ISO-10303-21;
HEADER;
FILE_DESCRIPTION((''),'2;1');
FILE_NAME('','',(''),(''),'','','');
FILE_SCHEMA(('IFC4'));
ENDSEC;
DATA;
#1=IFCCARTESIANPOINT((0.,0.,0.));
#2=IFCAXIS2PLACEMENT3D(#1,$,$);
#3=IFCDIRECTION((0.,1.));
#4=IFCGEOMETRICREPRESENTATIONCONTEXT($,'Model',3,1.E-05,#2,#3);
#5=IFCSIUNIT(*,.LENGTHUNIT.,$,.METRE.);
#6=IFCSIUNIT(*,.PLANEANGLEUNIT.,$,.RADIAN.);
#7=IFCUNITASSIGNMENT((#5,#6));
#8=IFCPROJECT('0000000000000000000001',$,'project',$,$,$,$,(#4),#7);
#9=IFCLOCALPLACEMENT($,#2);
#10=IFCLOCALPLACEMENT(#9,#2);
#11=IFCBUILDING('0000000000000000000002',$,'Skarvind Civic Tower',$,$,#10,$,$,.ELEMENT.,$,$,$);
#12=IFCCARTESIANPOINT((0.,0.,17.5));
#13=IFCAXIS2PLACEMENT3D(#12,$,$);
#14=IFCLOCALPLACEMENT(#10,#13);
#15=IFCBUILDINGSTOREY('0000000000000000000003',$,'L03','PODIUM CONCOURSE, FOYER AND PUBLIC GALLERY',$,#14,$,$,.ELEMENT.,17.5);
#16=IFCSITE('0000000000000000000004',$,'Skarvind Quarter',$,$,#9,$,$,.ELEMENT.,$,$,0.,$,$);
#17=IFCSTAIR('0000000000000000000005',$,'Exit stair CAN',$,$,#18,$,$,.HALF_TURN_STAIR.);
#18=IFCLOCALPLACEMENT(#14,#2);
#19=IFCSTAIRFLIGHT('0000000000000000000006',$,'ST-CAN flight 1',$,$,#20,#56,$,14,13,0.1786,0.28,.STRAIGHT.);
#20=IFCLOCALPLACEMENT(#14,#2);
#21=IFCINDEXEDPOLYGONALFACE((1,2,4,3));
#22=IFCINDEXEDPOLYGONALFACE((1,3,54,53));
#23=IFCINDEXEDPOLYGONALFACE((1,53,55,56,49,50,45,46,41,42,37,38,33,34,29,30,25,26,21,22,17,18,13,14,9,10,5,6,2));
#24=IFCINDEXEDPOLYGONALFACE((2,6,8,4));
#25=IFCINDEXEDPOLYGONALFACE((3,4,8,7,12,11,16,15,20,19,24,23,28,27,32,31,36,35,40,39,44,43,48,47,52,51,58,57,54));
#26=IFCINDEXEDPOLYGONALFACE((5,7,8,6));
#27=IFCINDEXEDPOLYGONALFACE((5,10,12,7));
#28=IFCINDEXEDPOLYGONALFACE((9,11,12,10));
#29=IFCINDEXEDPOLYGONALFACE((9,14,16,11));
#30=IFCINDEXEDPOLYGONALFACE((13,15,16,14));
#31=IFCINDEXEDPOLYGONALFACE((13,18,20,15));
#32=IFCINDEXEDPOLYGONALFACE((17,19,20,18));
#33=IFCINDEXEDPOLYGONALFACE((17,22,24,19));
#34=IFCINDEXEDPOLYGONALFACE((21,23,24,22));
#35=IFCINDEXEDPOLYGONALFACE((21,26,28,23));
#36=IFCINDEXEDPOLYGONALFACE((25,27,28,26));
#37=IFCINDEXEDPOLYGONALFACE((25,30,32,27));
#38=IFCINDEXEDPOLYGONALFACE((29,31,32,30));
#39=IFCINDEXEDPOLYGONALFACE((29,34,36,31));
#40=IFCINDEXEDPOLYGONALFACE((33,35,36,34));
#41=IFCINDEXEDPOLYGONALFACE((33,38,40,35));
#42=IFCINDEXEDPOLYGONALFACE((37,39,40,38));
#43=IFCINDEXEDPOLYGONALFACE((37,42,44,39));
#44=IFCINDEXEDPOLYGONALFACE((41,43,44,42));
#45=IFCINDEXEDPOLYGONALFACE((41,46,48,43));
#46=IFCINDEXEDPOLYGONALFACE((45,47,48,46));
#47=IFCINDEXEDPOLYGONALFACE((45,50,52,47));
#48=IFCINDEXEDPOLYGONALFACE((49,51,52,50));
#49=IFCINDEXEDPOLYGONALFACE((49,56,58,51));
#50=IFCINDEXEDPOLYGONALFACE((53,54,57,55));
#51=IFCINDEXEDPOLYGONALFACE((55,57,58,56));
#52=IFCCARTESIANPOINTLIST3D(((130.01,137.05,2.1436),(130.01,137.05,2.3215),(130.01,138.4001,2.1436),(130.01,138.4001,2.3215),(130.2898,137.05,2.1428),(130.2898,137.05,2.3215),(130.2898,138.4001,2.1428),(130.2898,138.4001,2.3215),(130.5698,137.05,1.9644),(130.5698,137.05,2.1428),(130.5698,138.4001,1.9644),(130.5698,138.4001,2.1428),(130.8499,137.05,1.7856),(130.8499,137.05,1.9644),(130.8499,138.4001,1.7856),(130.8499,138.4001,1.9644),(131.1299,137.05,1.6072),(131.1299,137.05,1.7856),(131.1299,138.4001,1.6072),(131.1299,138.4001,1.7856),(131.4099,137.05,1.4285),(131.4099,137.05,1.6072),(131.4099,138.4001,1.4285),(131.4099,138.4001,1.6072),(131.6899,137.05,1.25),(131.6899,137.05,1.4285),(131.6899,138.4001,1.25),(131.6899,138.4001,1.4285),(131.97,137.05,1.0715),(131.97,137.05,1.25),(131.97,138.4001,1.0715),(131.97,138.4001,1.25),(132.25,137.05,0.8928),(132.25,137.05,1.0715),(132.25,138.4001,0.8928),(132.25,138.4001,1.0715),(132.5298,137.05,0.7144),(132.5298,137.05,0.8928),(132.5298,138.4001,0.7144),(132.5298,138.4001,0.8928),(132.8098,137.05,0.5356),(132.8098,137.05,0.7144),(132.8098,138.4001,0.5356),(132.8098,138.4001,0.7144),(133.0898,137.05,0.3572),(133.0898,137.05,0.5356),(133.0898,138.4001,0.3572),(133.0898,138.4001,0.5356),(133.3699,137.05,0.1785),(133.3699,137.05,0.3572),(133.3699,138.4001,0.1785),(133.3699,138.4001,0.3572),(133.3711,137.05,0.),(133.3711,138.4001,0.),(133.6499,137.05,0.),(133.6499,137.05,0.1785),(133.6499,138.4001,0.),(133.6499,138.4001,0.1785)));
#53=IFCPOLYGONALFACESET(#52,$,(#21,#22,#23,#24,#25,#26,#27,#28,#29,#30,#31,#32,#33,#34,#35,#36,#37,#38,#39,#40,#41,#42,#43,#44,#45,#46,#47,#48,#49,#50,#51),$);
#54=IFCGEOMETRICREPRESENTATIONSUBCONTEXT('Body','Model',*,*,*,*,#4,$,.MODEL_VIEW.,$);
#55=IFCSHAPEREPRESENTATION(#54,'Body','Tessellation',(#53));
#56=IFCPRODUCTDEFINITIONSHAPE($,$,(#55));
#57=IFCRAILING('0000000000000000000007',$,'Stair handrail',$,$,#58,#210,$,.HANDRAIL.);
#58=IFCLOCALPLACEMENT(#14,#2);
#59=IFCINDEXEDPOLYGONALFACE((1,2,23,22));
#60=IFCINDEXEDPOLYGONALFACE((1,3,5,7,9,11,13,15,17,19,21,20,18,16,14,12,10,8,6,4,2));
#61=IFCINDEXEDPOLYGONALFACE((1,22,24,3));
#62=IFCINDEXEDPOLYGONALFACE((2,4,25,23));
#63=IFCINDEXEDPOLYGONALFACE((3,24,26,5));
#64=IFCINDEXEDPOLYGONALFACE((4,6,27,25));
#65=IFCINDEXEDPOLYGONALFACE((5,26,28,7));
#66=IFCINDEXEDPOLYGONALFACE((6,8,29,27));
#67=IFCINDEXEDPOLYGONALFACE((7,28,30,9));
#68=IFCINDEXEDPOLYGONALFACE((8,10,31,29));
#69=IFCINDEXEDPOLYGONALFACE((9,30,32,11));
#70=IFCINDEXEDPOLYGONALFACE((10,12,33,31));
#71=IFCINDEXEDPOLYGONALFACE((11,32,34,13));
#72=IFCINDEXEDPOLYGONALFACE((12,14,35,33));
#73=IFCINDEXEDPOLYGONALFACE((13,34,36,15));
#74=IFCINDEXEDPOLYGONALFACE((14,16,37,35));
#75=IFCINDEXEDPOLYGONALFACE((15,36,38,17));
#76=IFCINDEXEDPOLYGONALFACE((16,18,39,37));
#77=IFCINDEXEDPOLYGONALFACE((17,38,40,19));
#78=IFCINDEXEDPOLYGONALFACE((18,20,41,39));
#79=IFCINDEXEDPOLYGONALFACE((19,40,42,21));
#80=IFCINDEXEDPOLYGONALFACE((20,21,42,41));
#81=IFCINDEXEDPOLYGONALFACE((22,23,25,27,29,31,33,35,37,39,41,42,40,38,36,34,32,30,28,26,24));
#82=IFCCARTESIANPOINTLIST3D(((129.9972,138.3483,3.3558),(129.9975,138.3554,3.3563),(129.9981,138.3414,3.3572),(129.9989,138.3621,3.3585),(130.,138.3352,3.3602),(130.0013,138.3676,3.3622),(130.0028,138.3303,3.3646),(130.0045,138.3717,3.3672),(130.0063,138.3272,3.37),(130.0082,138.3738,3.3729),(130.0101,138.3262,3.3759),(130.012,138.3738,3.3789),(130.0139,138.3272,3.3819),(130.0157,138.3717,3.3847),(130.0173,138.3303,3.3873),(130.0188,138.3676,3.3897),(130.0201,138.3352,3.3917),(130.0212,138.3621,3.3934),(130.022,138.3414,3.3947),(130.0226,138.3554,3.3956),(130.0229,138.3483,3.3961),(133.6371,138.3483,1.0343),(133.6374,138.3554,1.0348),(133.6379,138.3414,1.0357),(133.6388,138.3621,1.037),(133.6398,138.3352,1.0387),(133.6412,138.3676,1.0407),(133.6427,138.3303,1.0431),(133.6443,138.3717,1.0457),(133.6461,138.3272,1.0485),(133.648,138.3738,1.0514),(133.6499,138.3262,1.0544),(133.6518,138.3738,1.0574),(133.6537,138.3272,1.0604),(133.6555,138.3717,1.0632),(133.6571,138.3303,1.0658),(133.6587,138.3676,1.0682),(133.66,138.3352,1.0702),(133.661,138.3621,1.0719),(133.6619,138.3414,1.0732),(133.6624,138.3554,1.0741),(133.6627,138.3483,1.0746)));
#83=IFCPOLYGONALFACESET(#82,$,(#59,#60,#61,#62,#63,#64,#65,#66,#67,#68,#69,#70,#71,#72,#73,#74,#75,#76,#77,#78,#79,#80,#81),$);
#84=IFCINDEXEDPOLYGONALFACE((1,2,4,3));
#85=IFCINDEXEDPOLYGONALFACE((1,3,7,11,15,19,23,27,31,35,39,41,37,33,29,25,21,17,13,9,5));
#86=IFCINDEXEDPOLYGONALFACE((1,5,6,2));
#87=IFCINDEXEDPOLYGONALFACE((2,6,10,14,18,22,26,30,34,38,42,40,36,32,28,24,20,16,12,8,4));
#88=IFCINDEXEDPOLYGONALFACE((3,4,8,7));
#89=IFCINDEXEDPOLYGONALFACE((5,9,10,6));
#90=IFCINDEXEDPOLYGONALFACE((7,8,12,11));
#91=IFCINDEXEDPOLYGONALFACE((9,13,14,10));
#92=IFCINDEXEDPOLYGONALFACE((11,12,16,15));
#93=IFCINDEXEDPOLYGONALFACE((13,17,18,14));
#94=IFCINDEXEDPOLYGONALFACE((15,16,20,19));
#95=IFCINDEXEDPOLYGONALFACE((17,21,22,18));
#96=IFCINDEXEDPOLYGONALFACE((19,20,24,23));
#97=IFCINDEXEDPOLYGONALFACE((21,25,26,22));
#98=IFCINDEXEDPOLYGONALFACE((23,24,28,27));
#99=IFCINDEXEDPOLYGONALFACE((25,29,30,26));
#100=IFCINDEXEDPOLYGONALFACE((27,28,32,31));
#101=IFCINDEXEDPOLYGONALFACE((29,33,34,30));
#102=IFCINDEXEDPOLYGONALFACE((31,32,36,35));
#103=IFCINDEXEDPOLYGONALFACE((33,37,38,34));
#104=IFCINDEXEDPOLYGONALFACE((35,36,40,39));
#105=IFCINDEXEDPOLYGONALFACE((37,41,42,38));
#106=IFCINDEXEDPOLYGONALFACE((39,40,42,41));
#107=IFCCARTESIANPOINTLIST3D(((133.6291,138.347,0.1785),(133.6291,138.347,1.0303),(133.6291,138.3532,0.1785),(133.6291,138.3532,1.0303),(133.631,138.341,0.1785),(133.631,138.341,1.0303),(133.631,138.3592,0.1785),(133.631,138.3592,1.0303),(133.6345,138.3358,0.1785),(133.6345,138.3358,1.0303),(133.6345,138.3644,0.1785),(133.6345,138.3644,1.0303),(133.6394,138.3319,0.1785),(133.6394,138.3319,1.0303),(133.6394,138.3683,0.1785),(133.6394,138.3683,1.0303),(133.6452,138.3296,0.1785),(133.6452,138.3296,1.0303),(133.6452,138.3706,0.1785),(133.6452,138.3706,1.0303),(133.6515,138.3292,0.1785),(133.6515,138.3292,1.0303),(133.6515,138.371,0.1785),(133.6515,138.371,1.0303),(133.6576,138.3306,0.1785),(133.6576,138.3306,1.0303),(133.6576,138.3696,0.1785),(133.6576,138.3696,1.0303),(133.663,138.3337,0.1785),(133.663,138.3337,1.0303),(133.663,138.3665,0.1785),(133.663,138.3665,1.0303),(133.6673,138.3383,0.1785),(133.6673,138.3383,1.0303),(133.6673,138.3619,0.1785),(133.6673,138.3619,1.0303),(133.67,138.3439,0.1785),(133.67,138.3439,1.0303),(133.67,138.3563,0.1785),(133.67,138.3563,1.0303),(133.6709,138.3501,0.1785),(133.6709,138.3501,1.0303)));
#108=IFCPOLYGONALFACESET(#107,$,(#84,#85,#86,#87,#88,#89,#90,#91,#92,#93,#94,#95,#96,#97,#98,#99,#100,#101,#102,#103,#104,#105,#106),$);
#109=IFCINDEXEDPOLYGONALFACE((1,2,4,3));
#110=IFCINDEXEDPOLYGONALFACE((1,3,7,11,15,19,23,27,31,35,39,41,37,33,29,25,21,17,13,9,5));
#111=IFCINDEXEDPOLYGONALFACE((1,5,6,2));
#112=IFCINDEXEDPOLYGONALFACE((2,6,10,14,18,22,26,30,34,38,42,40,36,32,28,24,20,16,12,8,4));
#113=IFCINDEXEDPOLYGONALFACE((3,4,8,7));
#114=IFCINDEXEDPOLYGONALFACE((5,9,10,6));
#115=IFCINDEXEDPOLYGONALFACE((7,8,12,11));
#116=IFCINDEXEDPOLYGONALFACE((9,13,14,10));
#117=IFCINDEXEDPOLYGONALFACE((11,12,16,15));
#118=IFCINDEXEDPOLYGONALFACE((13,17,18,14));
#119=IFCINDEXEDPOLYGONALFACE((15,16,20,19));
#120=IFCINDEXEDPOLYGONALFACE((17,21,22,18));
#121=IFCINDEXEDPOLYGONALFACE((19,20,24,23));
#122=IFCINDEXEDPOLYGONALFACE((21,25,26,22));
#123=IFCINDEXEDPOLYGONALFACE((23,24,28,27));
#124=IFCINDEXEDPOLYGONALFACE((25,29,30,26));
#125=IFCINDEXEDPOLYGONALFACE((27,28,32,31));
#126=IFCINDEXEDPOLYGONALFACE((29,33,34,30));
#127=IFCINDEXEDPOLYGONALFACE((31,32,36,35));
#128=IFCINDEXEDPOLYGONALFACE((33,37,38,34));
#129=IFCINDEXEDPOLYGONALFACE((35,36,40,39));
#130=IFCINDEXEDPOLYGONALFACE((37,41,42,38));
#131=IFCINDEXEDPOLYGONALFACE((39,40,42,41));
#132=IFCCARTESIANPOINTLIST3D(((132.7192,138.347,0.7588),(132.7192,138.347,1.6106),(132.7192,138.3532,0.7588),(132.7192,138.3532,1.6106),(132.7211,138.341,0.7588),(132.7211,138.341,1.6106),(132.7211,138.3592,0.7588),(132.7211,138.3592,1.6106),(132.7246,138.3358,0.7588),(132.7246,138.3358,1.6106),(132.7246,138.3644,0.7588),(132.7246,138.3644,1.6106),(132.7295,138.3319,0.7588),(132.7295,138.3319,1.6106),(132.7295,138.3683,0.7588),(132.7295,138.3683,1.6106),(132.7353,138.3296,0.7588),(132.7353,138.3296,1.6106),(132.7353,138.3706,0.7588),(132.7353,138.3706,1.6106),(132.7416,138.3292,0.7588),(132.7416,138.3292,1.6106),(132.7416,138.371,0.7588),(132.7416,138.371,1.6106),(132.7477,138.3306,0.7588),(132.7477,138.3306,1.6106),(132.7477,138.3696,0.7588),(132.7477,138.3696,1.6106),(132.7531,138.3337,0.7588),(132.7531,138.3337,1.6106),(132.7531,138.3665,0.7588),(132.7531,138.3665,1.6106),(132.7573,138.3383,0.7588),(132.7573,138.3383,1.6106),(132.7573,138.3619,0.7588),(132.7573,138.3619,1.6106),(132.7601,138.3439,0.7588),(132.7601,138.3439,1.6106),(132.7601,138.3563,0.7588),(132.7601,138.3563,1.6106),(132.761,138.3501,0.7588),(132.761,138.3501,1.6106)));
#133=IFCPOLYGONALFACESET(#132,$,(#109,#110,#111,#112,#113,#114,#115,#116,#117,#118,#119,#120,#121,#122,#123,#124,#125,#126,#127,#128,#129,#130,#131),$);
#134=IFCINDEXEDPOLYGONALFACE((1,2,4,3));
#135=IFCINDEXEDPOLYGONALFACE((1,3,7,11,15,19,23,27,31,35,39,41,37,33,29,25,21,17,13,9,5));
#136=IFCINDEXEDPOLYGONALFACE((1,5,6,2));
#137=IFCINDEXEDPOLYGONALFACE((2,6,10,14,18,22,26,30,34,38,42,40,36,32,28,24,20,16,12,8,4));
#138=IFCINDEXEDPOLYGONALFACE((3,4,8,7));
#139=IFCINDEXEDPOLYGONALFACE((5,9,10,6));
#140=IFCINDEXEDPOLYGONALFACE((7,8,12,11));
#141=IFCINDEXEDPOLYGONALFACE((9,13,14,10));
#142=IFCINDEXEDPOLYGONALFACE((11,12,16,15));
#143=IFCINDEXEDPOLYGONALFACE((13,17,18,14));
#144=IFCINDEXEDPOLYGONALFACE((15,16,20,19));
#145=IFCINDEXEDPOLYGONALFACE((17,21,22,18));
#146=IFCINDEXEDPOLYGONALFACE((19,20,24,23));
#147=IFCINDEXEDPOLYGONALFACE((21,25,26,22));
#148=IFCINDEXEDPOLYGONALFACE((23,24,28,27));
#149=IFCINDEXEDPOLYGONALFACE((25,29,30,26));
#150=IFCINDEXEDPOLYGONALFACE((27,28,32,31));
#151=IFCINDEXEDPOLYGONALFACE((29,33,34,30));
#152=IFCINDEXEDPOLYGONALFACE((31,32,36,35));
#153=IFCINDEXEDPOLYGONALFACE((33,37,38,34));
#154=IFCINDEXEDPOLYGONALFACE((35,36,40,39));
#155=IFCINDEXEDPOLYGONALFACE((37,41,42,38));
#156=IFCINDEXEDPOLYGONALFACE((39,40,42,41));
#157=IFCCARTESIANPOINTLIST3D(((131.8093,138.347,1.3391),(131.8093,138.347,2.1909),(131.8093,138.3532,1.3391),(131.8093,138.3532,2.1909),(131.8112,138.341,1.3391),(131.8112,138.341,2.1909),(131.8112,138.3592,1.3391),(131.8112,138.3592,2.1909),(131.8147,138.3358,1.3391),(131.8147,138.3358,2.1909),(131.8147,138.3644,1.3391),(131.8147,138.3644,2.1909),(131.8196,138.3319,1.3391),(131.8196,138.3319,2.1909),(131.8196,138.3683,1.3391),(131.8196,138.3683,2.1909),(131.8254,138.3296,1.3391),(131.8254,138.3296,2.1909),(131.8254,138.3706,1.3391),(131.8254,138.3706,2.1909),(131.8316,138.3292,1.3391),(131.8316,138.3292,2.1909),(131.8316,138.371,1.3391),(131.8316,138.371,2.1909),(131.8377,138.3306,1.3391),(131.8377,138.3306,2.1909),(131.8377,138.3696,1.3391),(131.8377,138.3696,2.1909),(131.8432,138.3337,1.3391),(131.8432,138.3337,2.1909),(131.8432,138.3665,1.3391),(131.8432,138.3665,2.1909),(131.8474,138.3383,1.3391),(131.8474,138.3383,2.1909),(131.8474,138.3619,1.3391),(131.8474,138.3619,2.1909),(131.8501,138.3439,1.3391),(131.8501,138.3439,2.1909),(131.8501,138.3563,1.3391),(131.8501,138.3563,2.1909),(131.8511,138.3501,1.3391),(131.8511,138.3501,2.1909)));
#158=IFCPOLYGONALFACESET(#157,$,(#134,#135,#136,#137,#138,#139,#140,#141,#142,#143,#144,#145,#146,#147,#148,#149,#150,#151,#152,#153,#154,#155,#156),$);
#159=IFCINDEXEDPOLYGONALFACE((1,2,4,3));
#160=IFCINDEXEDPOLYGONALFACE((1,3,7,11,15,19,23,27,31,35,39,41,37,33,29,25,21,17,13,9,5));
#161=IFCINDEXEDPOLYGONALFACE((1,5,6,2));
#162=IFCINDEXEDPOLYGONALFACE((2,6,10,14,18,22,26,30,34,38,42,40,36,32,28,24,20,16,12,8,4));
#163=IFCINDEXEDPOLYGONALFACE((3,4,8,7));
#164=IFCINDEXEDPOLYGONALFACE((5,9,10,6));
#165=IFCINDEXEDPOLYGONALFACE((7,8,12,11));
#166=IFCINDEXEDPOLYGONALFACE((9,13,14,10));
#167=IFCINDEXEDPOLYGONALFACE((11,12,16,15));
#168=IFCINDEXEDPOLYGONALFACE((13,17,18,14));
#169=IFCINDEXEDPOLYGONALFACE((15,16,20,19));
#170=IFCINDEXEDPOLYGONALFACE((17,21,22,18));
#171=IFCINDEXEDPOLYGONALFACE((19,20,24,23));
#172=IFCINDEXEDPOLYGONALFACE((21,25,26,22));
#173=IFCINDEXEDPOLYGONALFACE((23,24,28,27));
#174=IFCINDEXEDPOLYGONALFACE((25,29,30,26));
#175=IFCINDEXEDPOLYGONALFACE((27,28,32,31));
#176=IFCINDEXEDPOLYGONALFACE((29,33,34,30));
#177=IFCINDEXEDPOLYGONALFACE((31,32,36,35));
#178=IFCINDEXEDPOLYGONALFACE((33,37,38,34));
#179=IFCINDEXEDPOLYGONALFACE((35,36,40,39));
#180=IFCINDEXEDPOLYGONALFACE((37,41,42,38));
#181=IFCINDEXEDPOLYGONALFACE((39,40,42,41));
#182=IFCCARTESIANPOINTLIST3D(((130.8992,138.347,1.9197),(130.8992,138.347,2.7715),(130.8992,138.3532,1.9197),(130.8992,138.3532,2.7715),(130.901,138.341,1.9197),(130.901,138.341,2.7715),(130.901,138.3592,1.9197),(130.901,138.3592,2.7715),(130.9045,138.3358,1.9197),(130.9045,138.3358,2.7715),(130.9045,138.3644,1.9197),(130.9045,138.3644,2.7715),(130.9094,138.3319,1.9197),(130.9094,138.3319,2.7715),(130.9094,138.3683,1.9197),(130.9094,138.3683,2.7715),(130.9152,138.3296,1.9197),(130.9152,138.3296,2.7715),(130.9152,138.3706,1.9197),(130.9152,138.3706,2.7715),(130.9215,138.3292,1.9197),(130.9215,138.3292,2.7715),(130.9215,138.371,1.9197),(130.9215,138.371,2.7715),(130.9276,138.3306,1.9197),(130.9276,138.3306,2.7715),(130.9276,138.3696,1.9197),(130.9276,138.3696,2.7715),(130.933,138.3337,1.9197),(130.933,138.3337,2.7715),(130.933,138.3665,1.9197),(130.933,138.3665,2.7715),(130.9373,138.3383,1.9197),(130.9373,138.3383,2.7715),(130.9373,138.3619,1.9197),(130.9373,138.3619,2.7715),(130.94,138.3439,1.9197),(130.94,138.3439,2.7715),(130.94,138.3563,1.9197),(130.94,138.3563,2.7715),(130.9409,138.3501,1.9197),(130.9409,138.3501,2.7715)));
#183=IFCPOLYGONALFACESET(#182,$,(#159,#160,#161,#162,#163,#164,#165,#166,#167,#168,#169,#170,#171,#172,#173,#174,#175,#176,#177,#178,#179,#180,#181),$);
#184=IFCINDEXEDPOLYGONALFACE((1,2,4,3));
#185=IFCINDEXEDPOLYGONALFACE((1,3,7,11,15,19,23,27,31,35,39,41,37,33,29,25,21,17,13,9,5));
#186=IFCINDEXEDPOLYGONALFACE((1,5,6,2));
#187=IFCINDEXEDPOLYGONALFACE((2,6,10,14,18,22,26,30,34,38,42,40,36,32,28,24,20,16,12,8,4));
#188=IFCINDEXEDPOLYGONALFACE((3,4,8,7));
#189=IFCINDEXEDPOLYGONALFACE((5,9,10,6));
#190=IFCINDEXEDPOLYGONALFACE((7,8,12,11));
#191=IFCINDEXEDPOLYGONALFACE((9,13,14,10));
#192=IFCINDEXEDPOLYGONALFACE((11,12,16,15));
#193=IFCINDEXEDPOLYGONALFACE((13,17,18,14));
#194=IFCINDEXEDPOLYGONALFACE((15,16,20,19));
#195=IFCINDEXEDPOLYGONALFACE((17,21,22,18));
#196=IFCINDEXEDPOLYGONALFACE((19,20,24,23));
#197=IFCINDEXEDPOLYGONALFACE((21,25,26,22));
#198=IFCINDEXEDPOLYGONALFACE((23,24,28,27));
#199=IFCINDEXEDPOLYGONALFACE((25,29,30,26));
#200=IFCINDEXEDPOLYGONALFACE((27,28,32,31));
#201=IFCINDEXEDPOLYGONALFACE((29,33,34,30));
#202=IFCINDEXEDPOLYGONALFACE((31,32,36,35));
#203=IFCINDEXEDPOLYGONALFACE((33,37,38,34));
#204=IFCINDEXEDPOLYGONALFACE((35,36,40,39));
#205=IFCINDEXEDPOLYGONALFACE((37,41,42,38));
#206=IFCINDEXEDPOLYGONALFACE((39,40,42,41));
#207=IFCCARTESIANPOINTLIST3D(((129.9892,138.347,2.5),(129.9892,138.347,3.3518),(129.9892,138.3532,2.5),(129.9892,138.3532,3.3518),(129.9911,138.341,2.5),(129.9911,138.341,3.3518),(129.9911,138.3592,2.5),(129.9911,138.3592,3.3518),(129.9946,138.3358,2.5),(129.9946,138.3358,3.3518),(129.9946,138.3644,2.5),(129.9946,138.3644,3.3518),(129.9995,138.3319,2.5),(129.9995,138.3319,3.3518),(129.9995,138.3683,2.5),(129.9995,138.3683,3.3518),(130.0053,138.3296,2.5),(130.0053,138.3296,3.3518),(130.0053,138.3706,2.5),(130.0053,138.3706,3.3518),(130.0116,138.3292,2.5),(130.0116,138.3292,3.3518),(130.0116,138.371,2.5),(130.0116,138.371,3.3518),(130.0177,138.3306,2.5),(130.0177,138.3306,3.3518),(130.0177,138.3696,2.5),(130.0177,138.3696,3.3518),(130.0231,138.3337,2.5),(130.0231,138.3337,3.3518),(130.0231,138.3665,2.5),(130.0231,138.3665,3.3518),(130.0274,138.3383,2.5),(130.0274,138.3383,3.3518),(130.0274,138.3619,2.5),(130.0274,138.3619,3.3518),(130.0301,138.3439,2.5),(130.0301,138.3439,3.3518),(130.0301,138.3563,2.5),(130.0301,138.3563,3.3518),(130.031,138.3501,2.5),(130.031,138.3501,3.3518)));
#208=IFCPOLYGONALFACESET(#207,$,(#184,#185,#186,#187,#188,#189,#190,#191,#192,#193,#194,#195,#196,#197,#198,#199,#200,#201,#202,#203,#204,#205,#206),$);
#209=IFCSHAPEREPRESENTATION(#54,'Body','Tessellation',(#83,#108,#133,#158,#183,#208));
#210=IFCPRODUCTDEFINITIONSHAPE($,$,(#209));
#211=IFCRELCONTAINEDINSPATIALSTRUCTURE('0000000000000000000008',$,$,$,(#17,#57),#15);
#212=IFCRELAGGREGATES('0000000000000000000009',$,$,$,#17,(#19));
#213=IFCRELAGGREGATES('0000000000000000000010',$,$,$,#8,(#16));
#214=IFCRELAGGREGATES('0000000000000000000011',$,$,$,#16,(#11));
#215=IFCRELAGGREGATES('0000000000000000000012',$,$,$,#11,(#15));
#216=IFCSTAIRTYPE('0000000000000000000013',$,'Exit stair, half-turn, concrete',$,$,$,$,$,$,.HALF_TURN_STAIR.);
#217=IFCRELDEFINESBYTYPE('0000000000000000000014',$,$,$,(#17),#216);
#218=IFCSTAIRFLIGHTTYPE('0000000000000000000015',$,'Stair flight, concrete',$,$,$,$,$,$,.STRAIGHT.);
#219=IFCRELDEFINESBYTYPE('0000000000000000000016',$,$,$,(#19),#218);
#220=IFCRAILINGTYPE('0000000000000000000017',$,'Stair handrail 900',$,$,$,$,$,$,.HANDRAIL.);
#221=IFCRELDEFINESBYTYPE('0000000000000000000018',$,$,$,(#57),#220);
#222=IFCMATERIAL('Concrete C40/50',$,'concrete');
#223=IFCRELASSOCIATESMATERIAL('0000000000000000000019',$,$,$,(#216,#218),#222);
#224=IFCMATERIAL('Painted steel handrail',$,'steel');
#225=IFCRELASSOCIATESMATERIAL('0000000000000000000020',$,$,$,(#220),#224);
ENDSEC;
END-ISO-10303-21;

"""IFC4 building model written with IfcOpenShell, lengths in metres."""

from ifc_helpers import new_model, si_unit, direction, frame, origin, origin_2d, place, context, subcontext, project, spatial, polyline, circle, outline, extrude, material, type_object, element, aggregate, save


model = new_model("IFC4")

# Units and contexts
model_context = context("Model", 3, precision=1e-05, world=origin(), true_north=direction((0.0, 1.0)))
body_context = subcontext(model_context, "Body", "Model", "MODEL_VIEW")
ifc_project = project(units=[si_unit("LENGTHUNIT", "METRE"), si_unit("PLANEANGLEUNIT", "RADIAN")], contexts=[model_context])

# Site, building, storey
site_placement = place(None, origin())
site = spatial("IfcSite", under=ifc_project, at=site_placement, Name="Skarvind Quarter", CompositionType="ELEMENT", RefElevation=0.0)
building_placement = place(site_placement, origin())
building = spatial("IfcBuilding", under=site, at=building_placement, Name="Skarvind Civic Tower", CompositionType="ELEMENT")
storey_placement = place(building_placement, frame((0.0, 0.0, 17.5)))
storey = spatial("IfcBuildingStorey", under=building, at=storey_placement, Name="L03", Description="PODIUM CONCOURSE, FOYER AND PUBLIC GALLERY", CompositionType="ELEMENT", Elevation=17.5)

# Stair, stair flight
ifc_material_1 = material(Name="Concrete C40/50", Category="concrete")
stair_type = type_object("IfcStairType", Name="Exit stair, half-turn, concrete", PredefinedType="HALF_TURN_STAIR", material=ifc_material_1)
stair_placement = place(storey_placement, origin())
stair = element("IfcStair", 1, at=stair_placement, inside=storey, type_object=stair_type, Name="Exit stair CAN", PredefinedType="HALF_TURN_STAIR")
stair_flight_type = type_object("IfcStairFlightType", Name="Stair flight, concrete", PredefinedType="STRAIGHT", material=ifc_material_1)
stair_flight_placement = place(storey_placement, frame((133.6499, 137.7251, 0.0), z_axis=(0.0, 0.0, 1.0), x_axis=(-1.0, 0.0, 0.0)))
stair_flight = element("IfcStairFlight", 2, at=stair_flight_placement, type_object=stair_flight_type, Name="ST-CAN flight 1", NumberOfRisers=14, NumberOfTreads=13, PredefinedType="STRAIGHT", RiserHeight=0.1786, TreadLength=0.28, context=body_context, shape_type="SweptSolid", body=[
    extrude(outline(polyline([(0.0, 0.0), (0.0, 0.1785), (0.28, 0.1785), (0.28, 0.3572), (0.5601, 0.3572), (0.5601, 0.5356), (0.8401, 0.5356), (0.8401, 0.7144), (1.1201, 0.7144), (1.1201, 0.8928), (1.3999, 0.8928), (1.3999, 1.0715), (1.6799, 1.0715), (1.6799, 1.25), (1.96, 1.25), (1.96, 1.4285), (2.24, 1.4285), (2.24, 1.6072), (2.52, 1.6072), (2.52, 1.7856), (2.8, 1.7856), (2.8, 1.9644), (3.0801, 1.9644), (3.0801, 2.1428), (3.3601, 2.1428), (3.3601, 2.3215), (3.6399, 2.3215), (3.6399, 2.5), (3.6399, 2.1436), (0.2788, 0.0), (0.0, 0.0)])), frame((0.0, 0.675, 0.0), z_axis=(0.0, -1.0, 0.0), x_axis=(1.0, 0.0, 0.0)), (0.0, 0.0, 1.0), 1.3501),
])
aggregate(stair, [stair_flight])

# Railing
ifc_material_2 = material(Name="Painted steel handrail", Category="steel")
railing_type = type_object("IfcRailingType", Name="Stair handrail 900", PredefinedType="HANDRAIL", material=ifc_material_2)
railing_placement = place(storey_placement, frame((133.6499, 138.3501, 0.1785)))
element("IfcRailing", 3, at=railing_placement, inside=storey, type_object=railing_type, Name="Stair handrail", PredefinedType="HANDRAIL", context=body_context, shape_type="SweptSolid", body=[
    extrude(circle(Radius=0.0239, at=origin_2d()), frame((0.0, 0.0, 0.876), z_axis=(-0.843112, 0.0, 0.537739), x_axis=(0.0, -1.0, 0.0)), (0.0, 0.0, 1.0), 4.3171),
    extrude(circle(Radius=0.021, at=origin_2d()), origin(), (0.0, 0.0, 1.0), 0.8518),
    extrude(circle(Radius=0.021, at=origin_2d()), frame((-0.9099, 0.0, 0.5803)), (0.0, 0.0, 1.0), 0.8518),
    extrude(circle(Radius=0.021, at=origin_2d()), frame((-1.8198, 0.0, 1.1606)), (0.0, 0.0, 1.0), 0.8518),
    extrude(circle(Radius=0.021, at=origin_2d()), frame((-2.73, 0.0, 1.7412)), (0.0, 0.0, 1.0), 0.8518),
    extrude(circle(Radius=0.021, at=origin_2d()), frame((-3.6399, 0.0, 2.3215)), (0.0, 0.0, 1.0), 0.8518),
])

save(model, "model.ifc")
